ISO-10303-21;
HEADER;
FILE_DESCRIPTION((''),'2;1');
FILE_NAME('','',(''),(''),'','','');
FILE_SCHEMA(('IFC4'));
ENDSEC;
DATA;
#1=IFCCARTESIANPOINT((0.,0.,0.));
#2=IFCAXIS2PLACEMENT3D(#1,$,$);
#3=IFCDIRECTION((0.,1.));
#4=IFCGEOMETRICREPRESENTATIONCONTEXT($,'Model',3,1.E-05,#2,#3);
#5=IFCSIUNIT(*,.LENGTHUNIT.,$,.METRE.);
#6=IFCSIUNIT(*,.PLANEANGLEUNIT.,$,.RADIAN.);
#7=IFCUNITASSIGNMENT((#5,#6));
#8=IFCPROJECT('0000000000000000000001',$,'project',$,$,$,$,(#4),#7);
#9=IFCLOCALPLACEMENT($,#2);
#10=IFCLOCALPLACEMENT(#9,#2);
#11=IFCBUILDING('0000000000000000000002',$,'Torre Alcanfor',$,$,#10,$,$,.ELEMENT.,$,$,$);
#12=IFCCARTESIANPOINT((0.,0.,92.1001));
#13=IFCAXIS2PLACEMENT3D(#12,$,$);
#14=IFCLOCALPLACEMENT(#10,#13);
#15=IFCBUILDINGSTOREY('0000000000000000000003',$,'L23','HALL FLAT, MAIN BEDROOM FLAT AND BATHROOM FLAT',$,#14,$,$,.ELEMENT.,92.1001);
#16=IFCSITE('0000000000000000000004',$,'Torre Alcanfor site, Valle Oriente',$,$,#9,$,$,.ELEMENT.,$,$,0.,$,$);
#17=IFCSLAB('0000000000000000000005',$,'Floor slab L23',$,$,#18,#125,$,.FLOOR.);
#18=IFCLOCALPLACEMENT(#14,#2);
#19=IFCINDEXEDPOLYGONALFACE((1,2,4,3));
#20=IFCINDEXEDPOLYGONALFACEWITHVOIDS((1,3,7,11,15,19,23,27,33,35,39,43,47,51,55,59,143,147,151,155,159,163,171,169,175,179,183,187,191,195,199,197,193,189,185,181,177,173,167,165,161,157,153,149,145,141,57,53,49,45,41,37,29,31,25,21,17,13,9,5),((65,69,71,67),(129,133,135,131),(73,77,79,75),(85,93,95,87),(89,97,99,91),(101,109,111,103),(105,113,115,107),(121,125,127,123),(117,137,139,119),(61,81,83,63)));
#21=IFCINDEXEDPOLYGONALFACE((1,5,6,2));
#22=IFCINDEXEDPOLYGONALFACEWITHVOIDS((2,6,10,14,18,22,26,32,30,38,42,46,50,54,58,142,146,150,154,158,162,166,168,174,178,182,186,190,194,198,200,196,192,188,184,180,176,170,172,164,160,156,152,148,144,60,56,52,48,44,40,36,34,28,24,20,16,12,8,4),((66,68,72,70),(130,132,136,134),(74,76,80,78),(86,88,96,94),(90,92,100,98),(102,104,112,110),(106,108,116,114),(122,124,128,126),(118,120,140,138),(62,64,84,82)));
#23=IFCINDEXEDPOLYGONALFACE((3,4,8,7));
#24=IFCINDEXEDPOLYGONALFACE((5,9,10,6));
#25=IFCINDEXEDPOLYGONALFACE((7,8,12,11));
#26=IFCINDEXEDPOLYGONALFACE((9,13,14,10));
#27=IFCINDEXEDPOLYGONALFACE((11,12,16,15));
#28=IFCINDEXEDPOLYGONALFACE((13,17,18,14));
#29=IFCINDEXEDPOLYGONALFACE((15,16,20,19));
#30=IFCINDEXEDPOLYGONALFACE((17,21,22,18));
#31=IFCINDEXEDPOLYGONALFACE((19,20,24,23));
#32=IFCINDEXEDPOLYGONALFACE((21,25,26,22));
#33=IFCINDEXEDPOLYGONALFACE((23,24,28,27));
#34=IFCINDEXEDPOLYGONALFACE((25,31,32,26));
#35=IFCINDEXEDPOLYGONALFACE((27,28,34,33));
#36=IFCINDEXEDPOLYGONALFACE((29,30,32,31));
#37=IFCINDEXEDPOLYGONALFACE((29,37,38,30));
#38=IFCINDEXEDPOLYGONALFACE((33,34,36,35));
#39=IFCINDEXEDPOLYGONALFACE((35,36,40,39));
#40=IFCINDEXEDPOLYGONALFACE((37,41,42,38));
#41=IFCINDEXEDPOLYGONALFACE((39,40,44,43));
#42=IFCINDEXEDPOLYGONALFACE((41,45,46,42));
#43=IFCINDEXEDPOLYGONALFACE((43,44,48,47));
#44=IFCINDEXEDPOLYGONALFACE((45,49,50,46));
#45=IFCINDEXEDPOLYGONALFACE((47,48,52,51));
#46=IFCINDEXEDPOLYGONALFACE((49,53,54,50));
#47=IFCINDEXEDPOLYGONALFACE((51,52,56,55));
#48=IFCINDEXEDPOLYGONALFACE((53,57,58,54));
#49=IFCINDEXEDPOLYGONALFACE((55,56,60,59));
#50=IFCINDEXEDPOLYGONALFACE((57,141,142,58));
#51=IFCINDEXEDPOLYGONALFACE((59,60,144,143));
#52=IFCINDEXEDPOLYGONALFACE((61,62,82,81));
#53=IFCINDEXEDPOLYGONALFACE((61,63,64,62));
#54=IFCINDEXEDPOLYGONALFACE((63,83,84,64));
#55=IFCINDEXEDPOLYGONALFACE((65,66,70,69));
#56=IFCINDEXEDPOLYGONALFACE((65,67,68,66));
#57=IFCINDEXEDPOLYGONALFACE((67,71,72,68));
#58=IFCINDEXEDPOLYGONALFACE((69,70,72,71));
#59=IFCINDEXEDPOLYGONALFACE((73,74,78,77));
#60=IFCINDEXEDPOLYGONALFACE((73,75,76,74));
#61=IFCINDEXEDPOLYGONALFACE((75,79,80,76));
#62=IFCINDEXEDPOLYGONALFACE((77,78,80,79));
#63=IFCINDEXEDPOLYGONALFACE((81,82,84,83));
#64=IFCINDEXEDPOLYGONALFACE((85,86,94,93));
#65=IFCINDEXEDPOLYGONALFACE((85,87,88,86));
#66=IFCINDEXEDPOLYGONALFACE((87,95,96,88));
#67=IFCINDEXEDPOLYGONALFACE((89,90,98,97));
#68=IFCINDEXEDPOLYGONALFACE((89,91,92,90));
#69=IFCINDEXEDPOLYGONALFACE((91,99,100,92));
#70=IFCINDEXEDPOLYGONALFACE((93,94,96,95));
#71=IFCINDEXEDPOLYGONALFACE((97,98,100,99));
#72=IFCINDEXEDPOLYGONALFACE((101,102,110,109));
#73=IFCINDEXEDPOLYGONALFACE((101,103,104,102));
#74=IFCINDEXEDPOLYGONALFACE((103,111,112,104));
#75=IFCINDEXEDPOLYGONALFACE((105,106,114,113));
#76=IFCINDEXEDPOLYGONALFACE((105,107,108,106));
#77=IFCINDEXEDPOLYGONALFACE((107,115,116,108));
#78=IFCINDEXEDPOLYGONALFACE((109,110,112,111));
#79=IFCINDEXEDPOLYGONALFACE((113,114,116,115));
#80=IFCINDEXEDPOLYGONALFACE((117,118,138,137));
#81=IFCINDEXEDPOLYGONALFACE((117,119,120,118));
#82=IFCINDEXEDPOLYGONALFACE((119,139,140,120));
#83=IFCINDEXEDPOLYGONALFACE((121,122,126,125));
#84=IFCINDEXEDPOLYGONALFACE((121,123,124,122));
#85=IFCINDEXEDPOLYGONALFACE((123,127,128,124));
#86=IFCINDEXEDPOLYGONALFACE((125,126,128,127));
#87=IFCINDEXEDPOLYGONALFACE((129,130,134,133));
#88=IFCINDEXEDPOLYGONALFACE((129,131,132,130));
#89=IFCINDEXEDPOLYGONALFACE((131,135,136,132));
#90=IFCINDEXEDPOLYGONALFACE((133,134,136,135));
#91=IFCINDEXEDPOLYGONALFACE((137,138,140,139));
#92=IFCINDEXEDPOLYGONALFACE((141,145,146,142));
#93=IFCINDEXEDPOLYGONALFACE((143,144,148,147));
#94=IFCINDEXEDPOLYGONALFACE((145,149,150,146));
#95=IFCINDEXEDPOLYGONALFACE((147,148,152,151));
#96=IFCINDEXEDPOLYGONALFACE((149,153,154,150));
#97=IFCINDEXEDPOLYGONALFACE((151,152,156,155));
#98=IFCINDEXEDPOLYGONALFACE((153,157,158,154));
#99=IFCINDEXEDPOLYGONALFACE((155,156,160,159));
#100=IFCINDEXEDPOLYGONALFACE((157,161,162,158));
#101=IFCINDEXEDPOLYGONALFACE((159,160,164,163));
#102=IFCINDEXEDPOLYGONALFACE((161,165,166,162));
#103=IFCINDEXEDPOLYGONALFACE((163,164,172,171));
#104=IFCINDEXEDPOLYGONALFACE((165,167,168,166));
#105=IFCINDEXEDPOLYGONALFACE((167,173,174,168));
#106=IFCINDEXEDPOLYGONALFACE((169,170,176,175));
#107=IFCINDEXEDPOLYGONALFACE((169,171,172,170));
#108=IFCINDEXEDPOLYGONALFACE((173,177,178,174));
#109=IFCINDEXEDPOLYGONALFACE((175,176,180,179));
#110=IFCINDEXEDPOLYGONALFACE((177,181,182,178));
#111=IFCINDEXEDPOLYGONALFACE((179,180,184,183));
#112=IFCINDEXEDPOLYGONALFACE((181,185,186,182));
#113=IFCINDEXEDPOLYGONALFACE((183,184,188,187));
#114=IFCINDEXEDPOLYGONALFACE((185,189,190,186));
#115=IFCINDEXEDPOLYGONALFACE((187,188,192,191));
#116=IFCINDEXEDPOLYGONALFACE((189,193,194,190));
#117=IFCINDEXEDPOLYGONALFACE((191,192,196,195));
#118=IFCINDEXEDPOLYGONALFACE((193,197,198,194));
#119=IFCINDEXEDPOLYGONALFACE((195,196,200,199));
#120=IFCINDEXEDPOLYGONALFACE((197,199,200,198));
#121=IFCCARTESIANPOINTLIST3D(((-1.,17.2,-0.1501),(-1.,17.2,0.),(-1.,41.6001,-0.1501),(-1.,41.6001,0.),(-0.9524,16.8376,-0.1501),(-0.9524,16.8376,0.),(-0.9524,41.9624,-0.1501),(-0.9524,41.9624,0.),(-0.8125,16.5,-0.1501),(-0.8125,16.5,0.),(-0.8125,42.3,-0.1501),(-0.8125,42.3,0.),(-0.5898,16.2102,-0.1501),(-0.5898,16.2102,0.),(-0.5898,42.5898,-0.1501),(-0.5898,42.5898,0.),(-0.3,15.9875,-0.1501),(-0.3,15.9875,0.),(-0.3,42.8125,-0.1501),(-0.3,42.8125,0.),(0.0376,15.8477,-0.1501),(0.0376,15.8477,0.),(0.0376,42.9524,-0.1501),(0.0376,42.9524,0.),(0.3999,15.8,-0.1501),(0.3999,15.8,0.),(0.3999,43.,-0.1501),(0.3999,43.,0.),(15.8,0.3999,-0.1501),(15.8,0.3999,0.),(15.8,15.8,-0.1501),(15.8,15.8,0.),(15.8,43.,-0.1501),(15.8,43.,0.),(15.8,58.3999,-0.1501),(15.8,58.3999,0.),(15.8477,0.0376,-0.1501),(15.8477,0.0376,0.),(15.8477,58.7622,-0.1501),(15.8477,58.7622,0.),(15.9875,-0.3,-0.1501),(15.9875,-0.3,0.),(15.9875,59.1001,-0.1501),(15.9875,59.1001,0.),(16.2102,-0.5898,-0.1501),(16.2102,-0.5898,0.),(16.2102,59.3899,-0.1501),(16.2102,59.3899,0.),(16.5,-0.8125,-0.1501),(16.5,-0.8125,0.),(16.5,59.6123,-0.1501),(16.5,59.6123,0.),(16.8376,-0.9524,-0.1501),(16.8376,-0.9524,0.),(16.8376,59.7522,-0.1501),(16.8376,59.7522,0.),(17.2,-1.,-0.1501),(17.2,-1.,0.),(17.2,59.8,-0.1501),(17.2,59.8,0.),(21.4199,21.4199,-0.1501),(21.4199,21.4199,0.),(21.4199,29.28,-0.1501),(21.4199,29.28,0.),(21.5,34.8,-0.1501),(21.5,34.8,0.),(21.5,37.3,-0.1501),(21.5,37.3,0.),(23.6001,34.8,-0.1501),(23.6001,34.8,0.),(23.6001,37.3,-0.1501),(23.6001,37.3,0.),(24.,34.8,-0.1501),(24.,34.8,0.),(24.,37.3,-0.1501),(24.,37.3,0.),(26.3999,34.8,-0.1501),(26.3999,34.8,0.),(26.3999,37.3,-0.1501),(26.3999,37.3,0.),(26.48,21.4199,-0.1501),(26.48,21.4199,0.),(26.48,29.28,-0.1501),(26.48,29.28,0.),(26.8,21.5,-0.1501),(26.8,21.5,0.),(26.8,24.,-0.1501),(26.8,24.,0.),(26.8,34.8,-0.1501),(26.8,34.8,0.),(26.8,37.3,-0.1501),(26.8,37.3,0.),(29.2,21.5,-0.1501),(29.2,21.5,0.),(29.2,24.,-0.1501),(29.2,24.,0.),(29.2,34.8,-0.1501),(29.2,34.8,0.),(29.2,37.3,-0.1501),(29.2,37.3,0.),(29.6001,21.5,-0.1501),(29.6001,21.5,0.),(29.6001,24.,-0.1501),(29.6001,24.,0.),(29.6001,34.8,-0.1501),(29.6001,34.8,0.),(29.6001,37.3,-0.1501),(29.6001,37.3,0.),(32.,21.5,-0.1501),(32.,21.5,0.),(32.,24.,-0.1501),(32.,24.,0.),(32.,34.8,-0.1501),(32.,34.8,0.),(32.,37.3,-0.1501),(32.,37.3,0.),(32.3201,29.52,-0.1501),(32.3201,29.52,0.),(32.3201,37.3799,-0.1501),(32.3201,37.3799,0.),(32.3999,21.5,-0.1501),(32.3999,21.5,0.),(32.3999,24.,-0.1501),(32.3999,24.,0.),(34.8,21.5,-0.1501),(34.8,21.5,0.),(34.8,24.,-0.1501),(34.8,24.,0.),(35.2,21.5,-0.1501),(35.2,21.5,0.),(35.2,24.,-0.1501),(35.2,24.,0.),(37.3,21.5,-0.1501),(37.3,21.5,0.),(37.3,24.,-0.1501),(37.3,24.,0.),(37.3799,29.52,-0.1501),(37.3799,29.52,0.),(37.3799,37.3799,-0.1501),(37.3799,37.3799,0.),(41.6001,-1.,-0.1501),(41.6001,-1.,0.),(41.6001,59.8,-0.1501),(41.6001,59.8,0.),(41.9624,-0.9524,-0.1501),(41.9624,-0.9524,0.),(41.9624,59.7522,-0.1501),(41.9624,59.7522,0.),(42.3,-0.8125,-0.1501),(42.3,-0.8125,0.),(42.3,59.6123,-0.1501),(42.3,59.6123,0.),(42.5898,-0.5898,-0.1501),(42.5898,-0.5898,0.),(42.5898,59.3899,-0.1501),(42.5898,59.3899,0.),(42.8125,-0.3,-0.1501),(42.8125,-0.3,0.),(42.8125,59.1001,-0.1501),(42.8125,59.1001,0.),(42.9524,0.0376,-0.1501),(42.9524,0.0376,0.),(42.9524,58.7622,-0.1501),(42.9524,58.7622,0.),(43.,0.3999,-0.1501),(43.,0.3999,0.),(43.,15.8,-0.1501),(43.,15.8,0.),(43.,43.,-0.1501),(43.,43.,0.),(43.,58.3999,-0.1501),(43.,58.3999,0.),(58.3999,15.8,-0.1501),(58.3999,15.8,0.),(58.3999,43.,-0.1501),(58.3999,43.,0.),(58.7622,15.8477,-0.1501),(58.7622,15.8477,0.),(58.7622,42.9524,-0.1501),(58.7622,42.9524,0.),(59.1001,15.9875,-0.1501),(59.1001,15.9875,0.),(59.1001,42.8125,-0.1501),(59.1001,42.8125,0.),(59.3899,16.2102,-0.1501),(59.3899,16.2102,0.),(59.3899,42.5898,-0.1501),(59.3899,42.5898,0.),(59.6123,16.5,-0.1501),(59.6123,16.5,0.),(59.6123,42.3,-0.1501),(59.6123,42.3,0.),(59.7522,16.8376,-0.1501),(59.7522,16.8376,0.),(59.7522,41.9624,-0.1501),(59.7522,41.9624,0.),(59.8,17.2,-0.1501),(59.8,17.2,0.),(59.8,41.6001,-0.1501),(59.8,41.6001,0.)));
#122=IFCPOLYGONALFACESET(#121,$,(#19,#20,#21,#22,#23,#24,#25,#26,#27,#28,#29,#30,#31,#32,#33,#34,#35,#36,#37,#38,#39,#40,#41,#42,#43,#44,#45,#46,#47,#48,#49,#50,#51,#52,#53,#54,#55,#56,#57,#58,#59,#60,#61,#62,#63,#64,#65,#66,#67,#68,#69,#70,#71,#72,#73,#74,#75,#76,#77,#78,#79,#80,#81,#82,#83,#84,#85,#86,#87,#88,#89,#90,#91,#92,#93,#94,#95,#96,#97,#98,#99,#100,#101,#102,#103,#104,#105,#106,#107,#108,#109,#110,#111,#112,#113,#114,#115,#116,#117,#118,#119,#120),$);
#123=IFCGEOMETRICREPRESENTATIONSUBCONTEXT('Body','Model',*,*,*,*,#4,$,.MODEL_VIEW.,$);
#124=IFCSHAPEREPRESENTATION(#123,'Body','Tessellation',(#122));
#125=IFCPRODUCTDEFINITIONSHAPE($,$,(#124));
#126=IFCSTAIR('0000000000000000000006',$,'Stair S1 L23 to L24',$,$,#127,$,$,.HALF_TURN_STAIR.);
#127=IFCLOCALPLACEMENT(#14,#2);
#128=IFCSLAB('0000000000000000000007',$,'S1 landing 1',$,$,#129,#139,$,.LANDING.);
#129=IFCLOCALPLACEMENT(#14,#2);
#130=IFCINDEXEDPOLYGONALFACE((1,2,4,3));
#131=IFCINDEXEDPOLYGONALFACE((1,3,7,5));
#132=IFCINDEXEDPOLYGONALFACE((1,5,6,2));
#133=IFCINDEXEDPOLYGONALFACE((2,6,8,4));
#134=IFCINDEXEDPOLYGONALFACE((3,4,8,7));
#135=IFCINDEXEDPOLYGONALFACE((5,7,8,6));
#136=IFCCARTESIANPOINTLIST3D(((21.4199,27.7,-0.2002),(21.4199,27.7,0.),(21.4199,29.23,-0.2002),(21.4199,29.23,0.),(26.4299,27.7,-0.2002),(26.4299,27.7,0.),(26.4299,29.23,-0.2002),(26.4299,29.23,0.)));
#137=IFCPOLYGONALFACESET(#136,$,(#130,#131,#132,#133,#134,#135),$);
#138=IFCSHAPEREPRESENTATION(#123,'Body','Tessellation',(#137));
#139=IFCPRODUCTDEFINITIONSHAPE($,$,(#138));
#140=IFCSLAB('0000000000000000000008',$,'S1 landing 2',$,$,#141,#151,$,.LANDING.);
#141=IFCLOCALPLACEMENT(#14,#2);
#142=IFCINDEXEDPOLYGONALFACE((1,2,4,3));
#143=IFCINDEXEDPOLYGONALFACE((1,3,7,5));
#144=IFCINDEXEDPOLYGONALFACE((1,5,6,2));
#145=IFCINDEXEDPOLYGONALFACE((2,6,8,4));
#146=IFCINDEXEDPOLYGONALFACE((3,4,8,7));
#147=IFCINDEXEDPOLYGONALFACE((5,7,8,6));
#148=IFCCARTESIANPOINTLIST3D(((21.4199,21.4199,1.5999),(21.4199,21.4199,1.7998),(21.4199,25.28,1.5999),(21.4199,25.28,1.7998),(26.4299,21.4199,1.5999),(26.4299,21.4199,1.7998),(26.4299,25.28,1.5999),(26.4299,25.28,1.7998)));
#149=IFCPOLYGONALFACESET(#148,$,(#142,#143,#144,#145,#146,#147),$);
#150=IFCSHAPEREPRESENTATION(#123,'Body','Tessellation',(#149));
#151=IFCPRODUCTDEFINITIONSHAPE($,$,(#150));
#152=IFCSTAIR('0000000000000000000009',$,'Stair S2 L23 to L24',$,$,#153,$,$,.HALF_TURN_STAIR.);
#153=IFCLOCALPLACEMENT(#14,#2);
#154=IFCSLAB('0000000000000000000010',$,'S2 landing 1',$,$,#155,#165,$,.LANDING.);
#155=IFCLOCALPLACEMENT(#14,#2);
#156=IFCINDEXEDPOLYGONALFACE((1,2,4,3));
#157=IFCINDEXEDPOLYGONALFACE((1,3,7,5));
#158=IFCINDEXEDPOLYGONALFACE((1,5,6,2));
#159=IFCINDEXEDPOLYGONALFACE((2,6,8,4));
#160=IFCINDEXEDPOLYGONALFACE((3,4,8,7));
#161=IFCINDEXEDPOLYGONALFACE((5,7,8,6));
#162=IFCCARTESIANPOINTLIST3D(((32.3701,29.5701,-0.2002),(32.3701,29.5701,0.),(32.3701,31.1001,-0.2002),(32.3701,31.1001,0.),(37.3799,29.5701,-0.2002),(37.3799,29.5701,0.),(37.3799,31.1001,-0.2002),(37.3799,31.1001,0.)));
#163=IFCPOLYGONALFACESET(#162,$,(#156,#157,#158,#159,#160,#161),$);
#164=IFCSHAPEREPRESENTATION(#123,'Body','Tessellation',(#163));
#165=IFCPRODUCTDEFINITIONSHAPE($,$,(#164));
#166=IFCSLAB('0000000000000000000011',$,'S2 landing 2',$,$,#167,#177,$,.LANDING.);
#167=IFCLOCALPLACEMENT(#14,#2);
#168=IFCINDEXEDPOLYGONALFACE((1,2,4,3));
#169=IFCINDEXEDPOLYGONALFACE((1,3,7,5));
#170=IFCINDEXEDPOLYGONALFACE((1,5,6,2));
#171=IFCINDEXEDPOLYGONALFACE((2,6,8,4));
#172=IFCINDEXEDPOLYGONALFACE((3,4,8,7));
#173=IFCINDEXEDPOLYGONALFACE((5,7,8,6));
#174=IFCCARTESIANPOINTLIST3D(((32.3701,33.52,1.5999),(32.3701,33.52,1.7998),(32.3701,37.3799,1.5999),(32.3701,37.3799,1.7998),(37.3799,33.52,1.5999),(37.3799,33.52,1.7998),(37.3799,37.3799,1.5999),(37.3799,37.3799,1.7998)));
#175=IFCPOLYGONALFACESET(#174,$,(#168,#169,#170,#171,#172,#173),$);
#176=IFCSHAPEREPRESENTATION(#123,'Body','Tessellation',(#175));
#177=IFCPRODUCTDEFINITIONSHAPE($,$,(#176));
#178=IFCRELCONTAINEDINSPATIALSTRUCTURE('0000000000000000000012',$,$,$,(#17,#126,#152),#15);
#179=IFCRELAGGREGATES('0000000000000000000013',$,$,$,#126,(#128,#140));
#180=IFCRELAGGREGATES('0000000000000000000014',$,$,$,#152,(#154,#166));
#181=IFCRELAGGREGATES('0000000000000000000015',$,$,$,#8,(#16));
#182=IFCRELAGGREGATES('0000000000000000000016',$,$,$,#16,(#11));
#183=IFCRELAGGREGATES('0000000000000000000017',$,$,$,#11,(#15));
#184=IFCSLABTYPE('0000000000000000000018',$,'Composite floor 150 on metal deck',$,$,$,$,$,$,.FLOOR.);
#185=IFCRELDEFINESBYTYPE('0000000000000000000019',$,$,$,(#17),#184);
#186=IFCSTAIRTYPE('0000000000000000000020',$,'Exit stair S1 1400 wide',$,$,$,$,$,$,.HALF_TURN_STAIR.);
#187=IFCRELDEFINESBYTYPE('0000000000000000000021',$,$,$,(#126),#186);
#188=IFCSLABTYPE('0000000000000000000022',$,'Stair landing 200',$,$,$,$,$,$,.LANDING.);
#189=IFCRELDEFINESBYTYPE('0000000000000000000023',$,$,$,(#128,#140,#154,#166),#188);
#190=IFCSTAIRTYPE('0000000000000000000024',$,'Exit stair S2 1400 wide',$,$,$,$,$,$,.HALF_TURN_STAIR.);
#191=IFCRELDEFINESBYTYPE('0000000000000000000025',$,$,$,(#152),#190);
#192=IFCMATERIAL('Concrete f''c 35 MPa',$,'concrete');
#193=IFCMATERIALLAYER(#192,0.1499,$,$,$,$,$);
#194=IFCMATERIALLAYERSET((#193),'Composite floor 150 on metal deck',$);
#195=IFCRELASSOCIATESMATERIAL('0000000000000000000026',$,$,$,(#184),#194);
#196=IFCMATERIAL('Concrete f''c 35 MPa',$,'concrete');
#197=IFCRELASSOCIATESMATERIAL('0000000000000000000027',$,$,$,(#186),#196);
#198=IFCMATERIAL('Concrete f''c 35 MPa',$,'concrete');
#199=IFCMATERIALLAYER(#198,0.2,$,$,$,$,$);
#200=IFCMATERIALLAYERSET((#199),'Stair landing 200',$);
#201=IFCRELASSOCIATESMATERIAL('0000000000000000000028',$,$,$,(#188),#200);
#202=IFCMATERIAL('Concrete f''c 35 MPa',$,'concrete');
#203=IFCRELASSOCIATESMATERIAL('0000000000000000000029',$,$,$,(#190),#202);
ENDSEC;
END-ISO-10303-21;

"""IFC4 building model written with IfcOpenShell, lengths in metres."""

from ifc_helpers import new_model, si_unit, direction, frame, origin, place, context, subcontext, project, spatial, polyline, outline, extrude, material, layer, layer_set, type_object, element, aggregate, save


model = new_model("IFC4")

# Units and contexts
model_context = context("Model", 3, precision=1e-05, world=origin(), true_north=direction((0.0, 1.0)))
body_context = subcontext(model_context, "Body", "Model", "MODEL_VIEW")
ifc_project = project(units=[si_unit("LENGTHUNIT", "METRE"), si_unit("PLANEANGLEUNIT", "RADIAN")], contexts=[model_context])

# Site, building, storey
site_placement = place(None, origin())
site = spatial("IfcSite", under=ifc_project, at=site_placement, Name="Torre Alcanfor site, Valle Oriente", CompositionType="ELEMENT", RefElevation=0.0)
building_placement = place(site_placement, origin())
building = spatial("IfcBuilding", under=site, at=building_placement, Name="Torre Alcanfor", CompositionType="ELEMENT")
storey_placement = place(building_placement, frame((0.0, 0.0, 92.1001)))
storey = spatial("IfcBuildingStorey", under=building, at=storey_placement, Name="L23", Description="HALL FLAT, MAIN BEDROOM FLAT AND BATHROOM FLAT", CompositionType="ELEMENT", Elevation=92.1001)

# Slab
ifc_material_1 = material(Name="Concrete f'c 35 MPa", Category="concrete")
ifc_layer_1 = layer(ifc_material_1, 0.1499)
ifc_layer_set_1 = layer_set([ifc_layer_1], Name="Composite floor 150 on metal deck")
slab_type_1 = type_object("IfcSlabType", Name="Composite floor 150 on metal deck", PredefinedType="FLOOR", material=ifc_layer_set_1)
slab_1_placement = place(storey_placement, frame((0.0, 0.0, -0.1501)))
element("IfcSlab", 1, at=slab_1_placement, inside=storey, type_object=slab_type_1, Name="Floor slab L23", PredefinedType="FLOOR", context=body_context, shape_type="SweptSolid", body=[
    extrude(outline(polyline([(15.8, 43.0), (0.3999, 43.0), (0.0376, 42.9524), (-0.3, 42.8125), (-0.5898, 42.5898), (-0.8125, 42.3), (-0.9524, 41.9624), (-1.0, 41.6001), (-1.0, 17.2), (-0.9524, 16.8376), (-0.8125, 16.5), (-0.5898, 16.2102), (-0.3, 15.9875), (0.0376, 15.8477), (0.3999, 15.8), (15.8, 15.8), (15.8, 0.3999), (15.8477, 0.0376), (15.9875, -0.3), (16.2102, -0.5898), (16.5, -0.8125), (16.8376, -0.9524), (17.2, -1.0), (41.6001, -1.0), (41.9624, -0.9524), (42.3, -0.8125), (42.5898, -0.5898), (42.8125, -0.3), (42.9524, 0.0376), (43.0, 0.3999), (43.0, 15.8), (58.3999, 15.8), (58.7622, 15.8477), (59.1001, 15.9875), (59.3899, 16.2102), (59.6123, 16.5), (59.7522, 16.8376), (59.8, 17.2), (59.8, 41.6001), (59.7522, 41.9624), (59.6123, 42.3), (59.3899, 42.5898), (59.1001, 42.8125), (58.7622, 42.9524), (58.3999, 43.0), (43.0, 43.0), (43.0, 58.3999), (42.9524, 58.7622), (42.8125, 59.1001), (42.5898, 59.3899), (42.3, 59.6123), (41.9624, 59.7522), (41.6001, 59.8), (17.2, 59.8), (16.8376, 59.7522), (16.5, 59.6123), (16.2102, 59.3899), (15.9875, 59.1001), (15.8477, 58.7622), (15.8, 58.3999), (15.8, 43.0)]), holes=[polyline([(21.4199, 21.4199), (26.48, 21.4199), (26.48, 29.28), (21.4199, 29.28), (21.4199, 21.4199)]), polyline([(32.3201, 29.52), (37.3799, 29.52), (37.3799, 37.3799), (32.3201, 37.3799), (32.3201, 29.52)]), polyline([(26.8, 21.5), (29.2, 21.5), (29.2, 24.0), (26.8, 24.0), (26.8, 21.5)]), polyline([(29.6001, 21.5), (32.0, 21.5), (32.0, 24.0), (29.6001, 24.0), (29.6001, 21.5)]), polyline([(32.3999, 21.5), (34.8, 21.5), (34.8, 24.0), (32.3999, 24.0), (32.3999, 21.5)]), polyline([(35.2, 21.5), (37.3, 21.5), (37.3, 24.0), (35.2, 24.0), (35.2, 21.5)]), polyline([(21.5, 34.8), (23.6001, 34.8), (23.6001, 37.3), (21.5, 37.3), (21.5, 34.8)]), polyline([(24.0, 34.8), (26.3999, 34.8), (26.3999, 37.3), (24.0, 37.3), (24.0, 34.8)]), polyline([(26.8, 34.8), (29.2, 34.8), (29.2, 37.3), (26.8, 37.3), (26.8, 34.8)]), polyline([(29.6001, 34.8), (32.0, 34.8), (32.0, 37.3), (29.6001, 37.3), (29.6001, 34.8)])]), origin(), (0.0, 0.0, 1.0), 0.1501),
])

# Stairs, slabs
ifc_material_2 = material(Name="Concrete f'c 35 MPa", Category="concrete")
stair_type_1 = type_object("IfcStairType", Name="Exit stair S1 1400 wide", PredefinedType="HALF_TURN_STAIR", material=ifc_material_2)
stair_1_placement = place(storey_placement, origin())
stair_1 = element("IfcStair", 2, at=stair_1_placement, inside=storey, type_object=stair_type_1, Name="Stair S1 L23 to L24", PredefinedType="HALF_TURN_STAIR")
ifc_material_3 = material(Name="Concrete f'c 35 MPa", Category="concrete")
ifc_layer_2 = layer(ifc_material_3, 0.2)
ifc_layer_set_2 = layer_set([ifc_layer_2], Name="Stair landing 200")
slab_type_2 = type_object("IfcSlabType", Name="Stair landing 200", PredefinedType="LANDING", material=ifc_layer_set_2)
slab_2_placement = place(storey_placement, frame((0.0, 0.0, -0.2002)))
slab_2 = element("IfcSlab", 3, at=slab_2_placement, type_object=slab_type_2, Name="S1 landing 1", PredefinedType="LANDING", context=body_context, shape_type="SweptSolid", body=[
    extrude(outline(polyline([(21.4199, 27.7), (26.4299, 27.7), (26.4299, 29.23), (21.4199, 29.23), (21.4199, 27.7)])), origin(), (0.0, 0.0, 1.0), 0.2002),
])
slab_3_placement = place(storey_placement, frame((0.0, 0.0, 1.5999)))
slab_3 = element("IfcSlab", 4, at=slab_3_placement, type_object=slab_type_2, Name="S1 landing 2", PredefinedType="LANDING", context=body_context, shape_type="SweptSolid", body=[
    extrude(outline(polyline([(21.4199, 21.4199), (26.4299, 21.4199), (26.4299, 25.28), (21.4199, 25.28), (21.4199, 21.4199)])), origin(), (0.0, 0.0, 1.0), 0.2),
])
aggregate(stair_1, [slab_2, slab_3])
ifc_material_4 = material(Name="Concrete f'c 35 MPa", Category="concrete")
stair_type_2 = type_object("IfcStairType", Name="Exit stair S2 1400 wide", PredefinedType="HALF_TURN_STAIR", material=ifc_material_4)
stair_2_placement = place(storey_placement, origin())
stair_2 = element("IfcStair", 5, at=stair_2_placement, inside=storey, type_object=stair_type_2, Name="Stair S2 L23 to L24", PredefinedType="HALF_TURN_STAIR")
slab_4_placement = place(storey_placement, frame((0.0, 0.0, -0.2002)))
slab_4 = element("IfcSlab", 6, at=slab_4_placement, type_object=slab_type_2, Name="S2 landing 1", PredefinedType="LANDING", context=body_context, shape_type="SweptSolid", body=[
    extrude(outline(polyline([(32.3701, 29.5701), (37.3799, 29.5701), (37.3799, 31.1001), (32.3701, 31.1001), (32.3701, 29.5701)])), origin(), (0.0, 0.0, 1.0), 0.2002),
])
slab_5_placement = place(storey_placement, frame((0.0, 0.0, 1.5999)))
slab_5 = element("IfcSlab", 7, at=slab_5_placement, type_object=slab_type_2, Name="S2 landing 2", PredefinedType="LANDING", context=body_context, shape_type="SweptSolid", body=[
    extrude(outline(polyline([(32.3701, 33.52), (37.3799, 33.52), (37.3799, 37.3799), (32.3701, 37.3799), (32.3701, 33.52)])), origin(), (0.0, 0.0, 1.0), 0.2),
])
aggregate(stair_2, [slab_4, slab_5])

save(model, "model.ifc")
